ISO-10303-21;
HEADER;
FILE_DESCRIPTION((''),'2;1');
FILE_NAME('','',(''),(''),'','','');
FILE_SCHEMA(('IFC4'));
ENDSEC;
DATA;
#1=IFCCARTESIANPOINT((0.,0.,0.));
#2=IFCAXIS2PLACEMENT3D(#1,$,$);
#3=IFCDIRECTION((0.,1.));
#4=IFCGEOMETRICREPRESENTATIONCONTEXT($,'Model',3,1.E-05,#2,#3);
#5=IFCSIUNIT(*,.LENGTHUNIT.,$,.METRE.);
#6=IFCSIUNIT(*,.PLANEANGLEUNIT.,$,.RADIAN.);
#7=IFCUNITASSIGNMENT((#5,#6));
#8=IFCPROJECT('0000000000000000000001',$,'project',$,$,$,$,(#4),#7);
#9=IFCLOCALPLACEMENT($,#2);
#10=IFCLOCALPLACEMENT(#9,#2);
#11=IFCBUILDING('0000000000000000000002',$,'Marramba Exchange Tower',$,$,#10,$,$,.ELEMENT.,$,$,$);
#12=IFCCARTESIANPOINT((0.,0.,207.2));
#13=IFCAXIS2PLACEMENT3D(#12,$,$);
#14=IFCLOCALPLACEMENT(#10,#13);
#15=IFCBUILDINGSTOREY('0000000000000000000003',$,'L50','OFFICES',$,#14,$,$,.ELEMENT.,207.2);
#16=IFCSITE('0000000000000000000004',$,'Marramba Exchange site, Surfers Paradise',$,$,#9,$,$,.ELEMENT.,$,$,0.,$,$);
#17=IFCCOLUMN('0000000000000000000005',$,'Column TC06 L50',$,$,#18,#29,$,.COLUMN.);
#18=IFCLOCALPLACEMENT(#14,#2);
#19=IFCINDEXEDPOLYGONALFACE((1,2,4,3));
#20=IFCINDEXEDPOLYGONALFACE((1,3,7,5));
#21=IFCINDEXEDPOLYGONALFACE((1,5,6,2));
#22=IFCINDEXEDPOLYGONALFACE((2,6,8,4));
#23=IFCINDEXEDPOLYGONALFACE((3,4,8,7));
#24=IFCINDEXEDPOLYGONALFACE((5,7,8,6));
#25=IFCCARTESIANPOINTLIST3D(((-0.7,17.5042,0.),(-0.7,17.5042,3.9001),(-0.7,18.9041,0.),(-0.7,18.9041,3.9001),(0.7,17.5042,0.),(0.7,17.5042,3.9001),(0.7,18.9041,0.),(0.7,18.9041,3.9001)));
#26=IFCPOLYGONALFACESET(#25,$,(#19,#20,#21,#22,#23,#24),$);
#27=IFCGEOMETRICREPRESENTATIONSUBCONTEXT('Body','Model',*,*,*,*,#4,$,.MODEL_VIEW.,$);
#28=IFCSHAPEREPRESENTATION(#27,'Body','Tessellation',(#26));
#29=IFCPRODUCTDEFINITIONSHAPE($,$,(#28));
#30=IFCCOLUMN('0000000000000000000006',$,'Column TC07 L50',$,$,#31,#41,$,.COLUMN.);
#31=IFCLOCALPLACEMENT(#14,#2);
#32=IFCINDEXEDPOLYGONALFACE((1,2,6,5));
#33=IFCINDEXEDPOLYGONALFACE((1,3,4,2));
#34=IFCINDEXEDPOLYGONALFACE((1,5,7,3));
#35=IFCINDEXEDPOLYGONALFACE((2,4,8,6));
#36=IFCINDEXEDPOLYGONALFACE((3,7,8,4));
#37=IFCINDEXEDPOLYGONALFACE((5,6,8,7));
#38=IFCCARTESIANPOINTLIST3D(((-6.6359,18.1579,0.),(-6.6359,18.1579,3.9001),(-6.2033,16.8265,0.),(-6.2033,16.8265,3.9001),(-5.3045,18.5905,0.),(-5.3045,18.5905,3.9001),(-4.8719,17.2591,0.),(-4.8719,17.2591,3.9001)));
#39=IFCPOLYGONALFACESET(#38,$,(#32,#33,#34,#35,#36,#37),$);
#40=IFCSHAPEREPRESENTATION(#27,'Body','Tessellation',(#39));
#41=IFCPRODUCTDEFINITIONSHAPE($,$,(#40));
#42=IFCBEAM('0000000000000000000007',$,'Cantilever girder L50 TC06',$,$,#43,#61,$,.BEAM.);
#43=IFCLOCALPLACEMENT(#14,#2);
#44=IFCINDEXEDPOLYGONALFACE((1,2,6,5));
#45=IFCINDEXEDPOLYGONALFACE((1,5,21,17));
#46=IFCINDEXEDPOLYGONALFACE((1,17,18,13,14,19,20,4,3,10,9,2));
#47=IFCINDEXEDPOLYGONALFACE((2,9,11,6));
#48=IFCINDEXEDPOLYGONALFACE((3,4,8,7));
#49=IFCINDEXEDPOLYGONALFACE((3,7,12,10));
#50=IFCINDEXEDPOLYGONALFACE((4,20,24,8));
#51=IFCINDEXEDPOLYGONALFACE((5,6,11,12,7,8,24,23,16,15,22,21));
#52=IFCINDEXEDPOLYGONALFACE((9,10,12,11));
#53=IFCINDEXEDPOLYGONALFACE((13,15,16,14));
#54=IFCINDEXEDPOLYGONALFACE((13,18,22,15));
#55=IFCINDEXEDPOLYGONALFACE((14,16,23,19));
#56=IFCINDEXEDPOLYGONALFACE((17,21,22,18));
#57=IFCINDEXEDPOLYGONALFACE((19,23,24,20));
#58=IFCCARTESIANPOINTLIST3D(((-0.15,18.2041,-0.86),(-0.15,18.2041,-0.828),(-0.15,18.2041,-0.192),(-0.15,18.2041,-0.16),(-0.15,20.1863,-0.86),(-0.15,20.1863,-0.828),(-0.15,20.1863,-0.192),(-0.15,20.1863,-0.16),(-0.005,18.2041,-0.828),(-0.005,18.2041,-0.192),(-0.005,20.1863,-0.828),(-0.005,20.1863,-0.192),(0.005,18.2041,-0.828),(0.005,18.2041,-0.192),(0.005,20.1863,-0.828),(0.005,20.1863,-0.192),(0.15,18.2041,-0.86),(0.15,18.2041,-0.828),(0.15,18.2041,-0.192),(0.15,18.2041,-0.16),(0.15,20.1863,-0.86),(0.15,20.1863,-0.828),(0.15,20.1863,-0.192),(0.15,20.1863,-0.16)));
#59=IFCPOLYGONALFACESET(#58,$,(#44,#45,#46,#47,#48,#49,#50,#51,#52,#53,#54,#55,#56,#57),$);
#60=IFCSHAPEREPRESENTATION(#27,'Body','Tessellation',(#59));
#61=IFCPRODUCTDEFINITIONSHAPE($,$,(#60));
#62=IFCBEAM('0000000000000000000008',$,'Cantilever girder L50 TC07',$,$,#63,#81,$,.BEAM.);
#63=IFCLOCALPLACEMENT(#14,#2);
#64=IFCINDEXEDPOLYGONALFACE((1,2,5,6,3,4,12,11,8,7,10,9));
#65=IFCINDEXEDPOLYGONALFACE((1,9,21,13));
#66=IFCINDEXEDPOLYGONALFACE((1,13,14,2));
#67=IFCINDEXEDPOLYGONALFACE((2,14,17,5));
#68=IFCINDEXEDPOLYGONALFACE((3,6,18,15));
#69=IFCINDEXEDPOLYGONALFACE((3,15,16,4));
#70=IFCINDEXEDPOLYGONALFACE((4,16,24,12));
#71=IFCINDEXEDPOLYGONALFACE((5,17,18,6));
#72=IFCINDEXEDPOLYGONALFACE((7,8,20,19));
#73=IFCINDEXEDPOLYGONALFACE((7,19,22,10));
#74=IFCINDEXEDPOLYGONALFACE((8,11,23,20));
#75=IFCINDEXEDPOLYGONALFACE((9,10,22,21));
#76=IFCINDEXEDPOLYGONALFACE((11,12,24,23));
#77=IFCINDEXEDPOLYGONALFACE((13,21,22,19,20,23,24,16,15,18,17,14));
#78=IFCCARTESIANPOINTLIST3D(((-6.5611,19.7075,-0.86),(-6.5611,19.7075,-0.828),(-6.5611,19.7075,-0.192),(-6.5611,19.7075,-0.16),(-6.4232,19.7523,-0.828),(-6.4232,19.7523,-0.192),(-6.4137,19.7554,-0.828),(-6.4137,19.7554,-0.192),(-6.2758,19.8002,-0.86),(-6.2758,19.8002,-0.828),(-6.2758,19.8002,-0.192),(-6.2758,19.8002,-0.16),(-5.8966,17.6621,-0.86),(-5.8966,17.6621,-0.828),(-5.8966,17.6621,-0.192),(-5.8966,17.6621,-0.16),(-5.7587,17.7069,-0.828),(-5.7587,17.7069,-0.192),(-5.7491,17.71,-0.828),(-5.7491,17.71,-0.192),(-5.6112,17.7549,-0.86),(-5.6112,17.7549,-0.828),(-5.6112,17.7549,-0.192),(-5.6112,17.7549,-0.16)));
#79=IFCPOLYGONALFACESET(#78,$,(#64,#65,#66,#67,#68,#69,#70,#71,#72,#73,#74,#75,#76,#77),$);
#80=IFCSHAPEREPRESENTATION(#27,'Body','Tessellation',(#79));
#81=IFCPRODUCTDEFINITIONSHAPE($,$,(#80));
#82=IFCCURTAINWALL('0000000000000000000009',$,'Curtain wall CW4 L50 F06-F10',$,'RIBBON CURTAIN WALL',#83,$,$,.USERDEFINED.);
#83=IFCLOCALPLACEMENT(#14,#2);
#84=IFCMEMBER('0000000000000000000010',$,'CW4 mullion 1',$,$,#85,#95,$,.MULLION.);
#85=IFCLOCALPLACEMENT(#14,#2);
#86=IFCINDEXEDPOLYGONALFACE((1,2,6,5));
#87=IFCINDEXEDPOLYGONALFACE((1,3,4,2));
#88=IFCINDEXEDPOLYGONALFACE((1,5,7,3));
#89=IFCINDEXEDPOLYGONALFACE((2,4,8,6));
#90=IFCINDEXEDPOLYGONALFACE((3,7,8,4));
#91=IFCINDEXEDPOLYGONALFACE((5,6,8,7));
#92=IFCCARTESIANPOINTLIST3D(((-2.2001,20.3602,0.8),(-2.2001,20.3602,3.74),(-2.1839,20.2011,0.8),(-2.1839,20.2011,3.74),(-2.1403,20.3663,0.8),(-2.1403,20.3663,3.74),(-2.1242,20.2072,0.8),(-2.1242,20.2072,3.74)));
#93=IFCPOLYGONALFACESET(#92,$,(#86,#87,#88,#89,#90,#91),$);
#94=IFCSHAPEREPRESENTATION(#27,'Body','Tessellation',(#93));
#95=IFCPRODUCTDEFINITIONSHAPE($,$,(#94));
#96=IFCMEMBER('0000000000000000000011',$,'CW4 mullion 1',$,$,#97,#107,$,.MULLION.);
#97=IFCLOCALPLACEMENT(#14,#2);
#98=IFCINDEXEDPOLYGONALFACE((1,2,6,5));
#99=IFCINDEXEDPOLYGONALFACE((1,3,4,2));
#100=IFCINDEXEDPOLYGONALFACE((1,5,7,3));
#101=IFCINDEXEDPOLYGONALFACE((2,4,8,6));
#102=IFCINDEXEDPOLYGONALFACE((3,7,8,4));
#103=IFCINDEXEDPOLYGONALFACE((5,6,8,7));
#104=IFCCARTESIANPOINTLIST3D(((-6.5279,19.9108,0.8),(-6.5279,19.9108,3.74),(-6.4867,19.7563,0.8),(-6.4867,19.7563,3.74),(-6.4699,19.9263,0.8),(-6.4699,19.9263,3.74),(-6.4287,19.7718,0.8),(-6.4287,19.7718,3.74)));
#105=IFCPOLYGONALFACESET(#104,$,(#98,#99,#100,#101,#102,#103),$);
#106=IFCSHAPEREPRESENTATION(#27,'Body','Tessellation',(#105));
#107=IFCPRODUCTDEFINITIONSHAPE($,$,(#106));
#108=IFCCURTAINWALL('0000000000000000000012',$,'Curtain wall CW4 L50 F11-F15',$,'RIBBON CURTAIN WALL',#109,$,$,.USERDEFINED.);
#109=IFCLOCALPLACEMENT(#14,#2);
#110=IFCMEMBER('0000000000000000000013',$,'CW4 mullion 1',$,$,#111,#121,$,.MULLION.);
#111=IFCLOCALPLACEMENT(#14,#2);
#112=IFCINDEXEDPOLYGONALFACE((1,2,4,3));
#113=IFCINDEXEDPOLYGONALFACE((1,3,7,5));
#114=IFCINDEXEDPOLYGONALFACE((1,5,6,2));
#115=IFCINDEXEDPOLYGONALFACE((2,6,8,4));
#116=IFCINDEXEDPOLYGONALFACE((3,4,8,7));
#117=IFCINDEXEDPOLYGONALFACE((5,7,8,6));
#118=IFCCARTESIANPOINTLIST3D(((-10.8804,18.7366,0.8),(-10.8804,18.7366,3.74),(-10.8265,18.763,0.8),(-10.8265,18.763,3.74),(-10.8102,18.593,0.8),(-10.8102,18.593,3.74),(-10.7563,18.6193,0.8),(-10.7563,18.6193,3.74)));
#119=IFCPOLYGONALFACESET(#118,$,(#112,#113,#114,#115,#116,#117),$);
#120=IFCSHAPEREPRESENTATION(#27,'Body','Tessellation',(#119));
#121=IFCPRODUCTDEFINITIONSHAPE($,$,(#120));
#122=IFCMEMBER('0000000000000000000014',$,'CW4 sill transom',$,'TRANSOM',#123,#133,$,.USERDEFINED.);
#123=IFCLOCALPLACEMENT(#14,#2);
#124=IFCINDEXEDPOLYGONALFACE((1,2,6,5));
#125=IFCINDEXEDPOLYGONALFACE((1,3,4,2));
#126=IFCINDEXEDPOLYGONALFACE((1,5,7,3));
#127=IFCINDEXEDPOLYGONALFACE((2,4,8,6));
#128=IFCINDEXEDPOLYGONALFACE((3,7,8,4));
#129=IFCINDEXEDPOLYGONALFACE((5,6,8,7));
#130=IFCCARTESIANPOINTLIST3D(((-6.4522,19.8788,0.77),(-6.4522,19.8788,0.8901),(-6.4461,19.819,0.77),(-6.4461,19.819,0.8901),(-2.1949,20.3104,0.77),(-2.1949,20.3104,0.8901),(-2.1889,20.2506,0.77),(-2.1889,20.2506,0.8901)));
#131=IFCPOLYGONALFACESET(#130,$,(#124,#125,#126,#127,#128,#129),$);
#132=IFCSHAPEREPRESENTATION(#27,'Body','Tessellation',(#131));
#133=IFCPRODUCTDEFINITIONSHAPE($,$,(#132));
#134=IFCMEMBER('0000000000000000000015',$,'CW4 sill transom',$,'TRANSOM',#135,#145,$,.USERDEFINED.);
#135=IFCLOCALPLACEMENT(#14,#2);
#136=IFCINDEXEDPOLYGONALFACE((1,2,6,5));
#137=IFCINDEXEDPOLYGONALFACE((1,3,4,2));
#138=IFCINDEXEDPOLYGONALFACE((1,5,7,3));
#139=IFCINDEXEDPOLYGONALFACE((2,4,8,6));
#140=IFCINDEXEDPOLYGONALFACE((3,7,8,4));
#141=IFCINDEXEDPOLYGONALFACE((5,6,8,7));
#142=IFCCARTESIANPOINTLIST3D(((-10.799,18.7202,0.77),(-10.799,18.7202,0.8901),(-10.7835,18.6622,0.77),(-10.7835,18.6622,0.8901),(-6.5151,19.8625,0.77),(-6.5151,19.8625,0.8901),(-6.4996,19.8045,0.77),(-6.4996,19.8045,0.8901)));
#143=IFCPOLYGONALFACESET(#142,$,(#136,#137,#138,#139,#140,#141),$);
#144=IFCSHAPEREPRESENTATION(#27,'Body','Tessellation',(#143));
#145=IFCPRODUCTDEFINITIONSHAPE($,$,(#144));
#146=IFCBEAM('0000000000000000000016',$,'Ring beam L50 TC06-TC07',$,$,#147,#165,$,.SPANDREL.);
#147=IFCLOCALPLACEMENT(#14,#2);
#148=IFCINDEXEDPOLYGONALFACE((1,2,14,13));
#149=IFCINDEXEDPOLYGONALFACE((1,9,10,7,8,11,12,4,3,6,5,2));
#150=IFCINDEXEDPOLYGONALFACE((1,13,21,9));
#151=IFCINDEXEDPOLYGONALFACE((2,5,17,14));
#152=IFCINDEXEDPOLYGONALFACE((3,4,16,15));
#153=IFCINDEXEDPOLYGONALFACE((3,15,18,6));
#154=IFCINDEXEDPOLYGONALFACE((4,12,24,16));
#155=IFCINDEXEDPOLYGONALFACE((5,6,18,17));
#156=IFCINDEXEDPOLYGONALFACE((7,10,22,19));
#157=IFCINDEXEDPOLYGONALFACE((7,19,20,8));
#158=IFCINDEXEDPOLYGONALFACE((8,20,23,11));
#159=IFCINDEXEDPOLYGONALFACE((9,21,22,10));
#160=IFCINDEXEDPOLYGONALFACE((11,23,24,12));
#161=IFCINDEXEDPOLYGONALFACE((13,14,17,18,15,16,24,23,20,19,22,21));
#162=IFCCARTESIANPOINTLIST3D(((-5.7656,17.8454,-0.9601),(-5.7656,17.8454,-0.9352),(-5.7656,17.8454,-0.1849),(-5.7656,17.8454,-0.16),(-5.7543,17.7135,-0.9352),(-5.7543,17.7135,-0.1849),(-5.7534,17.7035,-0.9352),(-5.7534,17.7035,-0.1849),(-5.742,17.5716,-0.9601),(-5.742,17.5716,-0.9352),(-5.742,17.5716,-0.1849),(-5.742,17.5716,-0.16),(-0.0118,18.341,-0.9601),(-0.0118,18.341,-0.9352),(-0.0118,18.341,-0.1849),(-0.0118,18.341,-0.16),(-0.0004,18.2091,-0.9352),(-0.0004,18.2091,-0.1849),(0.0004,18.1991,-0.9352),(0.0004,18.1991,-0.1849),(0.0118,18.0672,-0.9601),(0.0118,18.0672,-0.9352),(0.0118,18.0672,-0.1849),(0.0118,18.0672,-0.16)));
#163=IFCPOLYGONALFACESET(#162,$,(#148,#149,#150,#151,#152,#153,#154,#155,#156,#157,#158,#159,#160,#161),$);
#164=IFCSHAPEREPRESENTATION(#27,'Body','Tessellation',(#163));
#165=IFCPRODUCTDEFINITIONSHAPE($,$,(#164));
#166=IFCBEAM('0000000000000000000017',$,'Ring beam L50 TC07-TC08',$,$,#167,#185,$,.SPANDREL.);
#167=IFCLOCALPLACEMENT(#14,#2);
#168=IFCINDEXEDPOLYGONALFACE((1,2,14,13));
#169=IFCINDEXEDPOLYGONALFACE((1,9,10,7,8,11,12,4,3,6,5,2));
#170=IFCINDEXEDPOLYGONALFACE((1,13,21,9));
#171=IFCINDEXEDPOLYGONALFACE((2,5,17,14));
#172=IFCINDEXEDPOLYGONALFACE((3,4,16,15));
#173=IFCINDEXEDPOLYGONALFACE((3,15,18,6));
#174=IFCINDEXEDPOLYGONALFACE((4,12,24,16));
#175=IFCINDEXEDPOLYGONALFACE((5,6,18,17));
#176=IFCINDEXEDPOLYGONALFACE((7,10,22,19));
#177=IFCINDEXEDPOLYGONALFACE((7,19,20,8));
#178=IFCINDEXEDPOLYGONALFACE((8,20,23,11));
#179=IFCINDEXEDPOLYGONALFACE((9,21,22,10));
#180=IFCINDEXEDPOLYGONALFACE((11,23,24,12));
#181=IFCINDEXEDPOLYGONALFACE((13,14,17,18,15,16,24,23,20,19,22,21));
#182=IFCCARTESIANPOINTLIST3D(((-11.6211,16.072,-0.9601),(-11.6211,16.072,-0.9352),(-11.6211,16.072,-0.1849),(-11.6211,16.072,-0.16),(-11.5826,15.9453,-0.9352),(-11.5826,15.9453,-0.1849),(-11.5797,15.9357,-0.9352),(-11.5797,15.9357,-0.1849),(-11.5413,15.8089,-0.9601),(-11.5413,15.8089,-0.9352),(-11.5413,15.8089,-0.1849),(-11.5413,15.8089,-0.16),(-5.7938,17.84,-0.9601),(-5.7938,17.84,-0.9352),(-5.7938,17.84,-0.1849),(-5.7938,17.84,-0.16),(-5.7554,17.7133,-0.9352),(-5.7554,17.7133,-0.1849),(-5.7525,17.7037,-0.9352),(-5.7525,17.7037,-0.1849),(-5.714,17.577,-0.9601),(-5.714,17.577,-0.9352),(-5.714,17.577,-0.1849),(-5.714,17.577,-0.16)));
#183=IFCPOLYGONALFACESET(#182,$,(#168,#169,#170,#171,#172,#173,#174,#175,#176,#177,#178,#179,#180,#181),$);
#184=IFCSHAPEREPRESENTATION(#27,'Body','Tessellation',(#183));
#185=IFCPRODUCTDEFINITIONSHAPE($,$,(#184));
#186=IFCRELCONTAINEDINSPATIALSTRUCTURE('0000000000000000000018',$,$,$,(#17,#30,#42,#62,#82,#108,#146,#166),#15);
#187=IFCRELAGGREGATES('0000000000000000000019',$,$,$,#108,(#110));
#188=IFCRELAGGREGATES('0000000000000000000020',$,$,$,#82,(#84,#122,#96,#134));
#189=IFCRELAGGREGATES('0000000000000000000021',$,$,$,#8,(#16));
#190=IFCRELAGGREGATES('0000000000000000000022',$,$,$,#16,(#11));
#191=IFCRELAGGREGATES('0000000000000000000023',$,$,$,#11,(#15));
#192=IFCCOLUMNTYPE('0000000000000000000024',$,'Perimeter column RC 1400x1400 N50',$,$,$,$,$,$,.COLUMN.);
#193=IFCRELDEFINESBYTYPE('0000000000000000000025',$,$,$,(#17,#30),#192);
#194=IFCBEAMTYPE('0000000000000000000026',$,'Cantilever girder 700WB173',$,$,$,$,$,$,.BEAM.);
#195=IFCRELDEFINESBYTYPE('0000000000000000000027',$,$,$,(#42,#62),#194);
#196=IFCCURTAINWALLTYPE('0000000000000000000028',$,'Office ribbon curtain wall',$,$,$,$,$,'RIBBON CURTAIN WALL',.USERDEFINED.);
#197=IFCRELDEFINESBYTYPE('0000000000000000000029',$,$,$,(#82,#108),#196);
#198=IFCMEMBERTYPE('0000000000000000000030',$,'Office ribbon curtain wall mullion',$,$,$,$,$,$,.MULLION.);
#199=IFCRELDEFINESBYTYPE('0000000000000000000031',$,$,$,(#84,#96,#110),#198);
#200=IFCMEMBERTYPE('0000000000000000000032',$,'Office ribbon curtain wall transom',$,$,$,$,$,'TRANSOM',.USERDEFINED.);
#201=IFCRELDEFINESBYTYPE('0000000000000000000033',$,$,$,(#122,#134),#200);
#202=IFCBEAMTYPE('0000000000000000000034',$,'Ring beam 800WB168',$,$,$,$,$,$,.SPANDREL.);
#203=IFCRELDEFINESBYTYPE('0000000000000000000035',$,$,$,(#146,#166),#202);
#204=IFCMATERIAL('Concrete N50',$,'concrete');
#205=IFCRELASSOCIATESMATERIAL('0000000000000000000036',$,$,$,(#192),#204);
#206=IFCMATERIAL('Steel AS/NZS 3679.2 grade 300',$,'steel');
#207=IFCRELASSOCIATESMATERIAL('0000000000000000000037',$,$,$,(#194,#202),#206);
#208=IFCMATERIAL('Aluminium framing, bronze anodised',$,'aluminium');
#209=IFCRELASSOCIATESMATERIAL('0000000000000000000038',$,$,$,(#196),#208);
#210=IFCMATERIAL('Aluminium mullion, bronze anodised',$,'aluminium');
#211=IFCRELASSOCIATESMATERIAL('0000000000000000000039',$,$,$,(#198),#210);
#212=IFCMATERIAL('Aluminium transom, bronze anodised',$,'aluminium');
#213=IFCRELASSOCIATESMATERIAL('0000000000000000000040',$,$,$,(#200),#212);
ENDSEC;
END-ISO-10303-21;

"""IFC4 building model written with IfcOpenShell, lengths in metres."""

from ifc_helpers import new_model, si_unit, direction, frame, origin, origin_2d, place, context, subcontext, project, spatial, rectangle, i_section, extrude, material, material_profile, profile_set, type_object, element, aggregate, save


model = new_model("IFC4")

# Units and contexts
model_context = context("Model", 3, precision=1e-05, world=origin(), true_north=direction((0.0, 1.0)))
body_context = subcontext(model_context, "Body", "Model", "MODEL_VIEW")
ifc_project = project(units=[si_unit("LENGTHUNIT", "METRE"), si_unit("PLANEANGLEUNIT", "RADIAN")], contexts=[model_context])

# Site, building, storey
site_placement = place(None, origin())
site = spatial("IfcSite", under=ifc_project, at=site_placement, Name="Marramba Exchange site, Surfers Paradise", CompositionType="ELEMENT", RefElevation=0.0)
building_placement = place(site_placement, origin())
building = spatial("IfcBuilding", under=site, at=building_placement, Name="Marramba Exchange Tower", CompositionType="ELEMENT")
storey_placement = place(building_placement, frame((0.0, 0.0, 207.2)))
storey = spatial("IfcBuildingStorey", under=building, at=storey_placement, Name="L50", Description="OFFICES", CompositionType="ELEMENT", Elevation=207.2)

# Columns
ifc_material_1 = material(Name="Concrete N50", Category="concrete")
ifc_material_profile_1 = material_profile(ifc_material_1, rectangle(XDim=1.3999, YDim=1.3999, at=origin_2d()), Name="RC 1400x1400")
ifc_profile_set_1 = profile_set([ifc_material_profile_1], Name="Concrete N50")
column_type = type_object("IfcColumnType", Name="Perimeter column RC 1400x1400 N50", PredefinedType="COLUMN", material=ifc_profile_set_1)
for number, where, z_axis, x_axis, name in (
    (1, (0.0, 18.2041, 0.0), (0.0, 0.0, 1.0), (0.0, 1.0, 0.0), "Column TC06 L50"),
    (2, (-5.7539, 17.7085, 0.0), (0.0, 0.0, 1.0), (-0.309017, 0.951057, 0.0), "Column TC07 L50"),
):
    element("IfcColumn", number, at=place(storey_placement, frame(where, z_axis=z_axis, x_axis=x_axis)), inside=storey, type_object=column_type, Name=name, PredefinedType="COLUMN", context=body_context, shape_type="SweptSolid", body=[
        extrude(rectangle(XDim=1.3999, YDim=1.3999, at=origin_2d()), origin(), (0.0, 0.0, 1.0), 3.9001),
    ])

# Beams
ifc_material_2 = material(Name="Steel AS/NZS 3679.2 grade 300", Category="steel")
ifc_material_profile_2 = material_profile(ifc_material_2, i_section(OverallWidth=0.3, OverallDepth=0.7, WebThickness=0.01, FlangeThickness=0.032, at=origin_2d()), Name="700WB173")
ifc_profile_set_2 = profile_set([ifc_material_profile_2], Name="Steel AS/NZS 3679.2 grade 300")
beam_type_1 = type_object("IfcBeamType", Name="Cantilever girder 700WB173", PredefinedType="BEAM", material=ifc_profile_set_2)
beam_1_placement = place(storey_placement, frame((0.0, 18.2041, -0.51), z_axis=(0.0, 1.0, 0.0), x_axis=(-1.0, 0.0, 0.0)))
element("IfcBeam", 3, at=beam_1_placement, inside=storey, type_object=beam_type_1, Name="Cantilever girder L50 TC06", PredefinedType="BEAM", context=body_context, shape_type="SweptSolid", body=[
    extrude(i_section(OverallWidth=0.3, OverallDepth=0.7, WebThickness=0.01, FlangeThickness=0.032, at=origin_2d()), origin(), (0.0, 0.0, 1.0), 1.9822),
])
beam_2_placement = place(storey_placement, frame((-5.7539, 17.7085, -0.51), z_axis=(-0.308999, 0.951062, 0.0), x_axis=(-0.951062, -0.308999, 0.0)))
element("IfcBeam", 4, at=beam_2_placement, inside=storey, type_object=beam_type_1, Name="Cantilever girder L50 TC07", PredefinedType="BEAM", context=body_context, shape_type="SweptSolid", body=[
    extrude(i_section(OverallWidth=0.3, OverallDepth=0.7, WebThickness=0.01, FlangeThickness=0.032, at=origin_2d()), origin(), (0.0, 0.0, 1.0), 2.1506),
])

# Curtain wall, members
ifc_material_3 = material(Name="Aluminium framing, bronze anodised", Category="aluminium")
curtain_wall_type = type_object("IfcCurtainWallType", Name="Office ribbon curtain wall", ElementType="RIBBON CURTAIN WALL", PredefinedType="USERDEFINED", material=ifc_material_3)
curtain_wall_1_placement = place(storey_placement, origin())
curtain_wall_1 = element("IfcCurtainWall", 5, at=curtain_wall_1_placement, inside=storey, type_object=curtain_wall_type, Name="Curtain wall CW4 L50 F06-F10", ObjectType="RIBBON CURTAIN WALL", PredefinedType="USERDEFINED")
ifc_material_4 = material(Name="Aluminium mullion, bronze anodised", Category="aluminium")
ifc_material_profile_3 = material_profile(ifc_material_4, rectangle(XDim=0.1599, YDim=0.0601, at=origin_2d()), Name="CW4 mullion 60x160")
ifc_profile_set_3 = profile_set([ifc_material_profile_3], Name="Aluminium mullion, bronze anodised")
member_type_1 = type_object("IfcMemberType", Name="Office ribbon curtain wall mullion", PredefinedType="MULLION", material=ifc_profile_set_3)
member_1_placement = place(storey_placement, frame((-2.1621, 20.2837, 0.8), z_axis=(0.0, 0.0, 1.0), x_axis=(0.100863, -0.9949, 0.0)))
member_1 = element("IfcMember", 6, at=member_1_placement, type_object=member_type_1, Name="CW4 mullion 1", PredefinedType="MULLION", context=body_context, shape_type="SweptSolid", body=[
    extrude(rectangle(XDim=0.1599, YDim=0.0601, at=origin_2d()), origin(), (0.0, 0.0, 1.0), 2.9399),
])
member_2_placement = place(storey_placement, frame((-6.4783, 19.8413, 0.8), z_axis=(0.0, 0.0, 1.0), x_axis=(0.257641, -0.966241, 0.0)))
member_2 = element("IfcMember", 7, at=member_2_placement, type_object=member_type_1, Name="CW4 mullion 1", PredefinedType="MULLION", context=body_context, shape_type="SweptSolid", body=[
    extrude(rectangle(XDim=0.1599, YDim=0.0601, at=origin_2d()), origin(), (0.0, 0.0, 1.0), 2.9399),
])

# Curtain wall, member
curtain_wall_2_placement = place(storey_placement, origin())
curtain_wall_2 = element("IfcCurtainWall", 8, at=curtain_wall_2_placement, inside=storey, type_object=curtain_wall_type, Name="Curtain wall CW4 L50 F11-F15", ObjectType="RIBBON CURTAIN WALL", PredefinedType="USERDEFINED")
member_3_placement = place(storey_placement, frame((-10.8184, 18.678, 0.8), z_axis=(0.0, 0.0, 1.0), x_axis=(0.438972, -0.898501, 0.0)))
member_3 = element("IfcMember", 9, at=member_3_placement, type_object=member_type_1, Name="CW4 mullion 1", PredefinedType="MULLION", context=body_context, shape_type="SweptSolid", body=[
    extrude(rectangle(XDim=0.1599, YDim=0.0601, at=origin_2d()), origin(), (0.0, 0.0, 1.0), 2.9399),
])
aggregate(curtain_wall_2, [member_3])

# Members
ifc_material_5 = material(Name="Aluminium transom, bronze anodised", Category="aluminium")
ifc_material_profile_4 = material_profile(ifc_material_5, rectangle(XDim=0.0601, YDim=0.1201, at=origin_2d()), Name="CW4 transom 60x120")
ifc_profile_set_4 = profile_set([ifc_material_profile_4], Name="Aluminium transom, bronze anodised")
member_type_2 = type_object("IfcMemberType", Name="Office ribbon curtain wall transom", ElementType="TRANSOM", PredefinedType="USERDEFINED", material=ifc_profile_set_4)
member_4_placement = place(storey_placement, frame((-2.1919, 20.2805, 0.8301), z_axis=(-0.9949, -0.100871, 0.0), x_axis=(0.100871, -0.9949, 0.0)))
member_4 = element("IfcMember", 10, at=member_4_placement, type_object=member_type_2, Name="CW4 sill transom", ObjectType="TRANSOM", PredefinedType="USERDEFINED", context=body_context, shape_type="SweptSolid", body=[
    extrude(rectangle(XDim=0.0601, YDim=0.1201, at=origin_2d()), origin(), (0.0, 0.0, 1.0), 4.2791),
])
member_5_placement = place(storey_placement, frame((-6.5073, 19.8335, 0.8301), z_axis=(-0.966238, -0.257652, 0.0), x_axis=(0.257652, -0.966238, 0.0)))
member_5 = element("IfcMember", 11, at=member_5_placement, type_object=member_type_2, Name="CW4 sill transom", ObjectType="TRANSOM", PredefinedType="USERDEFINED", context=body_context, shape_type="SweptSolid", body=[
    extrude(rectangle(XDim=0.0601, YDim=0.1201, at=origin_2d()), origin(), (0.0, 0.0, 1.0), 4.4336),
])

# Beams
ifc_material_profile_5 = material_profile(ifc_material_2, i_section(OverallWidth=0.2749, OverallDepth=0.8, WebThickness=0.01, FlangeThickness=0.0249, at=origin_2d()), Name="800WB168")
ifc_profile_set_5 = profile_set([ifc_material_profile_5], Name="Steel AS/NZS 3679.2 grade 300")
beam_type_2 = type_object("IfcBeamType", Name="Ring beam 800WB168", PredefinedType="SPANDREL", material=ifc_profile_set_5)
beam_3_placement = place(storey_placement, frame((0.0, 18.2041, -0.5601), z_axis=(-0.996311, -0.085816, 0.0), x_axis=(0.085816, -0.996311, 0.0)))
element("IfcBeam", 12, at=beam_3_placement, inside=storey, type_object=beam_type_2, Name="Ring beam L50 TC06-TC07", PredefinedType="SPANDREL", context=body_context, shape_type="SweptSolid", body=[
    extrude(i_section(OverallWidth=0.2749, OverallDepth=0.8, WebThickness=0.01, FlangeThickness=0.0249, at=origin_2d()), origin(), (0.0, 0.0, 1.0), 5.7751),
])
beam_4_placement = place(storey_placement, frame((-5.7539, 17.7085, -0.5601), z_axis=(-0.956925, -0.290337, 0.0), x_axis=(0.290337, -0.956925, 0.0)))
element("IfcBeam", 13, at=beam_4_placement, inside=storey, type_object=beam_type_2, Name="Ring beam L50 TC07-TC08", PredefinedType="SPANDREL", context=body_context, shape_type="SweptSolid", body=[
    extrude(i_section(OverallWidth=0.2749, OverallDepth=0.8, WebThickness=0.01, FlangeThickness=0.0249, at=origin_2d()), origin(), (0.0, 0.0, 1.0), 6.0896),
])

aggregate(curtain_wall_1, [member_1, member_4, member_2, member_5])

save(model, "model.ifc")
